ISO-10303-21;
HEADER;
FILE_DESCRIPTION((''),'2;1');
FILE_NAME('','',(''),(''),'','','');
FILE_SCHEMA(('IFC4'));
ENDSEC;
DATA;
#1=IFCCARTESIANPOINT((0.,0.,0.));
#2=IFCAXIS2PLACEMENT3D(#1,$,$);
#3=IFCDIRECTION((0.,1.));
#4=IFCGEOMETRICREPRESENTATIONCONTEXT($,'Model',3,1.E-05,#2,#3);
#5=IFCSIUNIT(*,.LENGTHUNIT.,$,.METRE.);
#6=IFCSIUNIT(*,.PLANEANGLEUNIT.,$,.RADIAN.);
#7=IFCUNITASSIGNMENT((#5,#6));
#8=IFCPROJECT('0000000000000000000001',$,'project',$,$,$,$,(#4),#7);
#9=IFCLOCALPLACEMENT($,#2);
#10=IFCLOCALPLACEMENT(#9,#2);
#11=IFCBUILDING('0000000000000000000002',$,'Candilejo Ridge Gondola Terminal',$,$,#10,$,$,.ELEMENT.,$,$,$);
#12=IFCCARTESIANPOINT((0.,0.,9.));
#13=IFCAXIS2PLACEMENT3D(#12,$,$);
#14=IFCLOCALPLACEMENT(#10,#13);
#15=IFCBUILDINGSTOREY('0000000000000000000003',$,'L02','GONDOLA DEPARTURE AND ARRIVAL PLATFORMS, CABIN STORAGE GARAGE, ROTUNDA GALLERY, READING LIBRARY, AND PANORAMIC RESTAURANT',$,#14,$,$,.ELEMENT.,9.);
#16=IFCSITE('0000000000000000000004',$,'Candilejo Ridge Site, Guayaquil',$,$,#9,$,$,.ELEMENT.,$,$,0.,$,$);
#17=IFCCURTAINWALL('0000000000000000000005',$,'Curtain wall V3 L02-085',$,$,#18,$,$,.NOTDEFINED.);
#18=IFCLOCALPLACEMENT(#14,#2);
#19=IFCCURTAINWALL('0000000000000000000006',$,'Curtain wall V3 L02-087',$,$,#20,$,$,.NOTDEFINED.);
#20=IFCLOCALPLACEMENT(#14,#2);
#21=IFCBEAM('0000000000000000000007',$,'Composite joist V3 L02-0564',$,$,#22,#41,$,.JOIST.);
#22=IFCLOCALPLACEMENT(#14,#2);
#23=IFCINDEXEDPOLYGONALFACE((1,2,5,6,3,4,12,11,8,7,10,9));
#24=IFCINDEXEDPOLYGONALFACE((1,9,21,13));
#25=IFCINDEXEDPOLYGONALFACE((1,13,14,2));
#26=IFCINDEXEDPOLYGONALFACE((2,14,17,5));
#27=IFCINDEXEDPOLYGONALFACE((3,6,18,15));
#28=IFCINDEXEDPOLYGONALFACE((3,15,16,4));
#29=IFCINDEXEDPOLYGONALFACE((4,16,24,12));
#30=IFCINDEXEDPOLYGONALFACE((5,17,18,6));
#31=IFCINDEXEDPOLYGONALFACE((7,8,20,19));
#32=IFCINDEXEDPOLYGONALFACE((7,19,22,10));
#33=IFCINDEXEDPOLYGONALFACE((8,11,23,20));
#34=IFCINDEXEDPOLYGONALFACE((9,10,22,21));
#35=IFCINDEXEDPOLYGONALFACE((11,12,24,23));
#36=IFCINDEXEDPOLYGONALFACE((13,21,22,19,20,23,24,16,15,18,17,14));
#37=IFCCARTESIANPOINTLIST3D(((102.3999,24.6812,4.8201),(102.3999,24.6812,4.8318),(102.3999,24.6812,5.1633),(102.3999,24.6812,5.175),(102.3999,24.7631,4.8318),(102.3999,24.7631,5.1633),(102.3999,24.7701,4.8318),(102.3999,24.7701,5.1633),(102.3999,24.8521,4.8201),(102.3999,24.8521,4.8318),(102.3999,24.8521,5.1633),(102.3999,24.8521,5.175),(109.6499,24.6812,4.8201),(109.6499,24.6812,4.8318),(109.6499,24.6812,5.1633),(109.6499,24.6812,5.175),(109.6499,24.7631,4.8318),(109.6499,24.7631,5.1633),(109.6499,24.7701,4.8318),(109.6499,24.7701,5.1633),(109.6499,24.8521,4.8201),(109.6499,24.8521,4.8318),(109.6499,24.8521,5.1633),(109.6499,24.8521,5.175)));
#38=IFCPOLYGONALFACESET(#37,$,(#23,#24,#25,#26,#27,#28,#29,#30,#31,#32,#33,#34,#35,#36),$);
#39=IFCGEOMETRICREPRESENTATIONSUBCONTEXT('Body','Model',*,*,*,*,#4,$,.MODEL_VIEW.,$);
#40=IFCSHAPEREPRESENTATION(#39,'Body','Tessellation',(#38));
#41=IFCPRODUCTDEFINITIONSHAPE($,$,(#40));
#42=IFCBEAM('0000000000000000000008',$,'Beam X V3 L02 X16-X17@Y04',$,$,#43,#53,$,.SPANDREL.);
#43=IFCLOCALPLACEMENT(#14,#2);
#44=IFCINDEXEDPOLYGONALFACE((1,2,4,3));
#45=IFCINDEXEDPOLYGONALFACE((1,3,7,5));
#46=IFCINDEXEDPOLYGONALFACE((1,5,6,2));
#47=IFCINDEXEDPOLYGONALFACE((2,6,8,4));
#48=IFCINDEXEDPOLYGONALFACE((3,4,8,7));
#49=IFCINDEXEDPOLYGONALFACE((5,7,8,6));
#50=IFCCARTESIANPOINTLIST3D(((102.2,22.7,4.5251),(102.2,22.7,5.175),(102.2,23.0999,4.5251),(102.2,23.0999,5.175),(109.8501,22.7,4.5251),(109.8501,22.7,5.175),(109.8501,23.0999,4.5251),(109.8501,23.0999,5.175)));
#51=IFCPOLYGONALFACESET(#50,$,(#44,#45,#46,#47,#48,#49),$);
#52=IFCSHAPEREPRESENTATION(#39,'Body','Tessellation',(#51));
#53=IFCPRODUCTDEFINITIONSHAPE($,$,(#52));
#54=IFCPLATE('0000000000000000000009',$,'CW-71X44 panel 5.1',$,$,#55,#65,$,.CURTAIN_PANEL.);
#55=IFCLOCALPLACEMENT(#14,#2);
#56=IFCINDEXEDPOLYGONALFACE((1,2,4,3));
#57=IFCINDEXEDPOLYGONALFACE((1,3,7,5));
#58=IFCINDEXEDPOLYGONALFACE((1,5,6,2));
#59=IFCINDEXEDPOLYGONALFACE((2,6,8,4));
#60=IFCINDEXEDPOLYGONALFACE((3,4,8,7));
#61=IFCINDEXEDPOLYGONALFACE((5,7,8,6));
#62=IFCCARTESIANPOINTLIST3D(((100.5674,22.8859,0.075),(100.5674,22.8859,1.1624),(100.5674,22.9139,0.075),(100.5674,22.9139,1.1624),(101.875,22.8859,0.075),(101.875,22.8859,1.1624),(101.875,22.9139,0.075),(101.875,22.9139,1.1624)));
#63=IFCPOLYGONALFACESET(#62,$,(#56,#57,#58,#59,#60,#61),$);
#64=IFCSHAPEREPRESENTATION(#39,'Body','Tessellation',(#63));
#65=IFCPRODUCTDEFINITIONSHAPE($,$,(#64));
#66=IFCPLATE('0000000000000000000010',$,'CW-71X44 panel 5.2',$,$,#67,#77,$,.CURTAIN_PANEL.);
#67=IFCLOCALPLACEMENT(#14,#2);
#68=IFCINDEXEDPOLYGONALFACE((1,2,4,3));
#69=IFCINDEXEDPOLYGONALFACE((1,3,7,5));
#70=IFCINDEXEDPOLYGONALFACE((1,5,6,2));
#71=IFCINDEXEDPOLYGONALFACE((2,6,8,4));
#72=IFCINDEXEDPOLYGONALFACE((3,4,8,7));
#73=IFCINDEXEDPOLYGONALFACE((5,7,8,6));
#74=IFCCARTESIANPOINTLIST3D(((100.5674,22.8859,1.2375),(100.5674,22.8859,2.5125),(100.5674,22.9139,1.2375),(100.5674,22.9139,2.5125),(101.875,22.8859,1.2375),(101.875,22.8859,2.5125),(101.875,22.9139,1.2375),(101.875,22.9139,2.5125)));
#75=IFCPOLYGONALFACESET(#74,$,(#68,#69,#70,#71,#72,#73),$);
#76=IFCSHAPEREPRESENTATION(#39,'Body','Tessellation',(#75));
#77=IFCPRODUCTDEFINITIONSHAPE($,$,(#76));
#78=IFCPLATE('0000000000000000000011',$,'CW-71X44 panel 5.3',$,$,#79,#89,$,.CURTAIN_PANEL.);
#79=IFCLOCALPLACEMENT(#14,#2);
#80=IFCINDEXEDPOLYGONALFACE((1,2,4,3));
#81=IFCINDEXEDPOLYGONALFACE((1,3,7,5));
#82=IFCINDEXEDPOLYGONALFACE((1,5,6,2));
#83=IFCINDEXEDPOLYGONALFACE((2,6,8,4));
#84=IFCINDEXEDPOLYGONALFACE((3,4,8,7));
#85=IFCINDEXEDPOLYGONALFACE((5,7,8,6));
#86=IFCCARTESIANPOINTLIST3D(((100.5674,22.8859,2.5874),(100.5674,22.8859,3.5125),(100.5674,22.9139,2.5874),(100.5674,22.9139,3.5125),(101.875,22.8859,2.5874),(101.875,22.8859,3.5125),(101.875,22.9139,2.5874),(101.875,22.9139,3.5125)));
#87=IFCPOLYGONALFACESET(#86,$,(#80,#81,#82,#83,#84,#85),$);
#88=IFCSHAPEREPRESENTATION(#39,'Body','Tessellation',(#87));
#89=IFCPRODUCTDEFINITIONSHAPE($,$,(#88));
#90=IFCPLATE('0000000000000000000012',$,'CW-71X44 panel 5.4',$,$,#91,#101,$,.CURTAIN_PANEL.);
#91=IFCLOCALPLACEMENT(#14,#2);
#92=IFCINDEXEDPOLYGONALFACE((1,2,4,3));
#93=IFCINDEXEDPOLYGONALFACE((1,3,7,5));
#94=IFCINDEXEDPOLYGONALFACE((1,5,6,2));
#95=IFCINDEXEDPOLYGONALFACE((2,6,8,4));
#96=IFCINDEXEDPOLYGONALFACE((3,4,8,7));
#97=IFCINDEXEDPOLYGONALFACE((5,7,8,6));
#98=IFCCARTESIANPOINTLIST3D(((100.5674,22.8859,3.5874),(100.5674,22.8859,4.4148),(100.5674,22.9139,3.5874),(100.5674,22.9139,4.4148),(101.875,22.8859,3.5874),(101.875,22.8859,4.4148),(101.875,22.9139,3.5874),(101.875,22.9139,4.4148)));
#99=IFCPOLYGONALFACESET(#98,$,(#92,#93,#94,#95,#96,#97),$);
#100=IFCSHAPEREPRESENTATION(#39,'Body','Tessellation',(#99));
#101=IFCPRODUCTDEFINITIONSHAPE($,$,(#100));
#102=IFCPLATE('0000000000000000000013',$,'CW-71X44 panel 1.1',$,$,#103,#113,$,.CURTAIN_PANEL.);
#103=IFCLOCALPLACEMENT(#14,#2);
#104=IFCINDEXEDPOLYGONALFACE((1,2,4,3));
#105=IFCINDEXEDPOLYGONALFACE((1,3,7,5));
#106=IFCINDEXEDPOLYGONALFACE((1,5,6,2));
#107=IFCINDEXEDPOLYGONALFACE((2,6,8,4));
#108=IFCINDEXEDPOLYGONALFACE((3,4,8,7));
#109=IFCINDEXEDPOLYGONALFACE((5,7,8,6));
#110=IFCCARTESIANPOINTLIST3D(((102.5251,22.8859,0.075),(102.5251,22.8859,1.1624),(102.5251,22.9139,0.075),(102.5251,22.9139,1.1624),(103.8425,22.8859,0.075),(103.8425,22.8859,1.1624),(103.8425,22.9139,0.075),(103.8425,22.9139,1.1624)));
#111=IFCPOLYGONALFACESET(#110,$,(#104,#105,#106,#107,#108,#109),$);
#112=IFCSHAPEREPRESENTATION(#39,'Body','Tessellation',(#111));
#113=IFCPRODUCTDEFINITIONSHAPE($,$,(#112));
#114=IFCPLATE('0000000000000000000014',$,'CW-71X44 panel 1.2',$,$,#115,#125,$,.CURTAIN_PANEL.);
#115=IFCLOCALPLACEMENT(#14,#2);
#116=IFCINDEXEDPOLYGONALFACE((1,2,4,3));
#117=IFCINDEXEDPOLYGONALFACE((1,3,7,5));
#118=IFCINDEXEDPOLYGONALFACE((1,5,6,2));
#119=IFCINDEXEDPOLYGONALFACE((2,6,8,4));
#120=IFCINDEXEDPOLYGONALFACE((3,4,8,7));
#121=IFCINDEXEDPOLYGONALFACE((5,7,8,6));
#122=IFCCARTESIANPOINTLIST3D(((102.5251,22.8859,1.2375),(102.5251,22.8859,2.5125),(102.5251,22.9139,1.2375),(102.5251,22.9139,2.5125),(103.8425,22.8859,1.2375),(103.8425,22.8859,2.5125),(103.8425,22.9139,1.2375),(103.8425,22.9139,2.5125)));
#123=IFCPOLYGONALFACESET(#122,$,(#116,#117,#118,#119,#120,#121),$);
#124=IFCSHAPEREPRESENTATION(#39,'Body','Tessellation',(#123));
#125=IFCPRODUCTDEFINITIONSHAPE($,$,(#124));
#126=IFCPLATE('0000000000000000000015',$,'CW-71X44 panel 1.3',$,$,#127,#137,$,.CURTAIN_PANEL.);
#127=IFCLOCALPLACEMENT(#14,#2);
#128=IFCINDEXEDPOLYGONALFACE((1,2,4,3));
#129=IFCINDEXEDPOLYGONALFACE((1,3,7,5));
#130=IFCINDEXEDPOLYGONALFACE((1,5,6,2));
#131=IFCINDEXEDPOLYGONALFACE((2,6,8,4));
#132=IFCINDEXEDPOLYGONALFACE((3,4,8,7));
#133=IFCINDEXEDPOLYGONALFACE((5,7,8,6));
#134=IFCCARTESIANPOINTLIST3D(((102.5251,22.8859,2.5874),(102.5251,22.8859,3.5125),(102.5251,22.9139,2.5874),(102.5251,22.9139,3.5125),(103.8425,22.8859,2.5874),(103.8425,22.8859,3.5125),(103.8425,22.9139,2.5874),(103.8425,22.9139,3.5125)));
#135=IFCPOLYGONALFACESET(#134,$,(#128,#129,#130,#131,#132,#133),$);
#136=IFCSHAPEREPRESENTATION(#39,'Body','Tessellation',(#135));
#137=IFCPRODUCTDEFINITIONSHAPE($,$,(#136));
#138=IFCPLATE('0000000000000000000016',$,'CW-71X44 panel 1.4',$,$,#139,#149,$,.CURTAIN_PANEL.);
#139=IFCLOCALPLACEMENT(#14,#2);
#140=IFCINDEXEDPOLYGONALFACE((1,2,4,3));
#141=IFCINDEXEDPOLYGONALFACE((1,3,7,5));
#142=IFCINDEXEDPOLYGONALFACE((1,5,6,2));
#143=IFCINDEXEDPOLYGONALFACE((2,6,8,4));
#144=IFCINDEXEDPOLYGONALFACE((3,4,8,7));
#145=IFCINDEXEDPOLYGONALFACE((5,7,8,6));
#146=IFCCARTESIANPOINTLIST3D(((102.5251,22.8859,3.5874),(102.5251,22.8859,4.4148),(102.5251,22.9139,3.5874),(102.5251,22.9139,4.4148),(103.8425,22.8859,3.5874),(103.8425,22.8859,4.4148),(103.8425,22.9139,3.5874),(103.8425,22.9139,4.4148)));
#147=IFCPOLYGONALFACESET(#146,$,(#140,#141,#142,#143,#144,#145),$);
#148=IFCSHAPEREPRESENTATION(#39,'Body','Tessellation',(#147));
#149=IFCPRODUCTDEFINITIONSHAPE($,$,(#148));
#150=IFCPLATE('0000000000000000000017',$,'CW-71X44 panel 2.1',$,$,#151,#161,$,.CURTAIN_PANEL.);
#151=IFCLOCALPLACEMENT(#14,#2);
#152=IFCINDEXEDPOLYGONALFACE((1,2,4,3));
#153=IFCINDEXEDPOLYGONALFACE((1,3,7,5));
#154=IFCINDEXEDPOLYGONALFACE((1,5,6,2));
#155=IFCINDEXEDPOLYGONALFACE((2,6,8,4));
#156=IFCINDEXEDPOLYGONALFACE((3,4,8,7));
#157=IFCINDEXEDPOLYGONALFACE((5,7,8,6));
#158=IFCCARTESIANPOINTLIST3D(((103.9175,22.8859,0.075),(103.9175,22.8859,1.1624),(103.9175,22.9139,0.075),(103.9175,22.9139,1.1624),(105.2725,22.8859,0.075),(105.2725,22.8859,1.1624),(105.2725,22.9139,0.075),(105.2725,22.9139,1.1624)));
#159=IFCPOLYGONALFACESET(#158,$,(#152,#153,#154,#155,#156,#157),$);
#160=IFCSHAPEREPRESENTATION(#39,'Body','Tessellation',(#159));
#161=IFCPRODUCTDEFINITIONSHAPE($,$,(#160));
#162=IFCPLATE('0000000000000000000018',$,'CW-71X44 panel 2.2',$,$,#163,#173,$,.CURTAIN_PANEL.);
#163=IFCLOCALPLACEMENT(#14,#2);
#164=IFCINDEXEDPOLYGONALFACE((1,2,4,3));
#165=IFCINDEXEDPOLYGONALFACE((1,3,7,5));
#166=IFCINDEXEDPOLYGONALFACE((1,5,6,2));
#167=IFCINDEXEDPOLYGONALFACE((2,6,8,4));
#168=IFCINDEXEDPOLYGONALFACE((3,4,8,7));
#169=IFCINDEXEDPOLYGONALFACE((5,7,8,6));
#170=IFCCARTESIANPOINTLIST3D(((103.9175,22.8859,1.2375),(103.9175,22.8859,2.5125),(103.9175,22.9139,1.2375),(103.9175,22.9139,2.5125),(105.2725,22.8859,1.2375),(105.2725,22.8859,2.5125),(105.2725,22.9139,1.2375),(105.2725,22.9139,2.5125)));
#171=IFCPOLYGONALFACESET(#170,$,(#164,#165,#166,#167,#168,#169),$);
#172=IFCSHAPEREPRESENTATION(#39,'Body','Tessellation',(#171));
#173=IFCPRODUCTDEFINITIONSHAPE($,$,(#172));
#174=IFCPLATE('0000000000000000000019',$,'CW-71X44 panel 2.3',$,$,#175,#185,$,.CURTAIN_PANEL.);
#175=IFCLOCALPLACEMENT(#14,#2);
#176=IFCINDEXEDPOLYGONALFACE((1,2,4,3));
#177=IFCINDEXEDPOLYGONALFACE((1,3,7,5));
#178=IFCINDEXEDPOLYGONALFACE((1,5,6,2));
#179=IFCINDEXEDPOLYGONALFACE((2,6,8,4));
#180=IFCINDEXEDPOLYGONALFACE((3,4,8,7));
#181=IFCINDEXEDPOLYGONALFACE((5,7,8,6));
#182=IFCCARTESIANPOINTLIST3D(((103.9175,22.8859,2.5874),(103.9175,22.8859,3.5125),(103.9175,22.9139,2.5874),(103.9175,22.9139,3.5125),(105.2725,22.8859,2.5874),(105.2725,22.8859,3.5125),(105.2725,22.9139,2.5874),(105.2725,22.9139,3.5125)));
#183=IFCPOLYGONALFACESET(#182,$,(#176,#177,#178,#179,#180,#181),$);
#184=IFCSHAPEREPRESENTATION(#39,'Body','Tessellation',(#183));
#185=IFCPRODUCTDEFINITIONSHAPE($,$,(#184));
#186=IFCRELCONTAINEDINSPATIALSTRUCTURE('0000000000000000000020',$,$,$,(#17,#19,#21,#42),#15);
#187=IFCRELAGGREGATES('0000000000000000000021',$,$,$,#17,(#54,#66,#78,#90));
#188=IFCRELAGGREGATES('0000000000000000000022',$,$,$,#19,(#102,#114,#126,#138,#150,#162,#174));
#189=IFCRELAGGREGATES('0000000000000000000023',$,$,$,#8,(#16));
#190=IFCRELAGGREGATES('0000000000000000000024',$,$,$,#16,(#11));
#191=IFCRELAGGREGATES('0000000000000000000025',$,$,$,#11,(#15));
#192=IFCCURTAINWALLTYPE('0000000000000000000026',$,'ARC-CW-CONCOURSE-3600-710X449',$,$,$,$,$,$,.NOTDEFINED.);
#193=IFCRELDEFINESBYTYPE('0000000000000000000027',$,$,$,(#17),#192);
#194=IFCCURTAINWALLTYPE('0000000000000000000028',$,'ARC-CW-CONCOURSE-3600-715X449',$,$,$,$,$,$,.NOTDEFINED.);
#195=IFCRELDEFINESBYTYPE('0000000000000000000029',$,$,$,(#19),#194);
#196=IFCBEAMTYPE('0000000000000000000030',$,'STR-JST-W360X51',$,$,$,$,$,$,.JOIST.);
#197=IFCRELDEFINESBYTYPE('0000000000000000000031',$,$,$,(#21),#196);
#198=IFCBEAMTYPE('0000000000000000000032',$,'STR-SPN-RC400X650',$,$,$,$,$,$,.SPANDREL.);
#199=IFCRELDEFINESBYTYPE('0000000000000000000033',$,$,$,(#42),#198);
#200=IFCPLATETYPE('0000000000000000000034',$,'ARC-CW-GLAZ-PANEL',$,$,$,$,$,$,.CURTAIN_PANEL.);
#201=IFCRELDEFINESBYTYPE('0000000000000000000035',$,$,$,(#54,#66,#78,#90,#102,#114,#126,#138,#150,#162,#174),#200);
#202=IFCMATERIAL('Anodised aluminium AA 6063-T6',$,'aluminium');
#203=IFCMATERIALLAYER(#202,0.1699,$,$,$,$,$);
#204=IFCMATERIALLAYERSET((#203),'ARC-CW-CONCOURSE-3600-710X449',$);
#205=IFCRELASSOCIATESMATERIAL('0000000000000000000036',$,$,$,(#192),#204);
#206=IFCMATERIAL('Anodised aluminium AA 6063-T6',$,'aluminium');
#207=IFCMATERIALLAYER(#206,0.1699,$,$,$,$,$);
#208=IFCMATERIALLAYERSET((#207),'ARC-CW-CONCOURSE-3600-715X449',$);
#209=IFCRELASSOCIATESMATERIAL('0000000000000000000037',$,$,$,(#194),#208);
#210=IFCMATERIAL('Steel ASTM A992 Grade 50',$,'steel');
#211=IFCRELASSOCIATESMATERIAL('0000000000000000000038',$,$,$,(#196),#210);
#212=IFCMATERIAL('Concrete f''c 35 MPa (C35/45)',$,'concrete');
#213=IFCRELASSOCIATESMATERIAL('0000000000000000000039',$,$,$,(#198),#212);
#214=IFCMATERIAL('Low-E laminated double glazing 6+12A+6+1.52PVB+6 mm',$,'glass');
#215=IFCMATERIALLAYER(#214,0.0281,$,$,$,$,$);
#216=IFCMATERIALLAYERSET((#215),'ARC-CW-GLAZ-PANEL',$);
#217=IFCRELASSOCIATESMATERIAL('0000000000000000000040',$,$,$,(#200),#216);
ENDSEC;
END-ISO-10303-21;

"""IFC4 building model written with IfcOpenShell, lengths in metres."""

from ifc_helpers import new_model, si_unit, direction, frame, origin, origin_2d, place, context, subcontext, project, spatial, rectangle, i_section, extrude, material, layer, layer_set, material_profile, profile_set, type_object, element, aggregate, save


model = new_model("IFC4")

# Units and contexts
model_context = context("Model", 3, precision=1e-05, world=origin(), true_north=direction((0.0, 1.0)))
body_context = subcontext(model_context, "Body", "Model", "MODEL_VIEW")
ifc_project = project(units=[si_unit("LENGTHUNIT", "METRE"), si_unit("PLANEANGLEUNIT", "RADIAN")], contexts=[model_context])

# Site, building, storey
site_placement = place(None, origin())
site = spatial("IfcSite", under=ifc_project, at=site_placement, Name="Candilejo Ridge Site, Guayaquil", CompositionType="ELEMENT", RefElevation=0.0)
building_placement = place(site_placement, origin())
building = spatial("IfcBuilding", under=site, at=building_placement, Name="Candilejo Ridge Gondola Terminal", CompositionType="ELEMENT")
storey_placement = place(building_placement, frame((0.0, 0.0, 9.0)))
storey = spatial("IfcBuildingStorey", under=building, at=storey_placement, Name="L02", Description="GONDOLA DEPARTURE AND ARRIVAL PLATFORMS, CABIN STORAGE GARAGE, ROTUNDA GALLERY, READING LIBRARY, AND PANORAMIC RESTAURANT", CompositionType="ELEMENT", Elevation=9.0)

# Curtain wall
ifc_material_1 = material(Name="Anodised aluminium AA 6063-T6", Category="aluminium")
ifc_layer_1 = layer(ifc_material_1, 0.1699)
ifc_layer_set_1 = layer_set([ifc_layer_1], Name="ARC-CW-CONCOURSE-3600-710X449")
curtain_wall_type_1 = type_object("IfcCurtainWallType", Name="ARC-CW-CONCOURSE-3600-710X449", PredefinedType="NOTDEFINED", material=ifc_layer_set_1)
curtain_wall_1_placement = place(storey_placement, origin())
curtain_wall_1 = element("IfcCurtainWall", 1, at=curtain_wall_1_placement, inside=storey, type_object=curtain_wall_type_1, Name="Curtain wall V3 L02-085", PredefinedType="NOTDEFINED")

# Curtain wall
ifc_material_2 = material(Name="Anodised aluminium AA 6063-T6", Category="aluminium")
ifc_layer_2 = layer(ifc_material_2, 0.1699)
ifc_layer_set_2 = layer_set([ifc_layer_2], Name="ARC-CW-CONCOURSE-3600-715X449")
curtain_wall_type_2 = type_object("IfcCurtainWallType", Name="ARC-CW-CONCOURSE-3600-715X449", PredefinedType="NOTDEFINED", material=ifc_layer_set_2)
curtain_wall_2_placement = place(storey_placement, origin())
curtain_wall_2 = element("IfcCurtainWall", 2, at=curtain_wall_2_placement, inside=storey, type_object=curtain_wall_type_2, Name="Curtain wall V3 L02-087", PredefinedType="NOTDEFINED")

# Beams
ifc_material_3 = material(Name="Steel ASTM A992 Grade 50", Category="steel")
ifc_material_profile_1 = material_profile(ifc_material_3, i_section(OverallWidth=0.1709, OverallDepth=0.355, WebThickness=0.0071, FlangeThickness=0.0117, at=origin_2d()))
ifc_profile_set_1 = profile_set([ifc_material_profile_1], Name="Steel ASTM A992 Grade 50")
beam_type_1 = type_object("IfcBeamType", Name="STR-JST-W360X51", PredefinedType="JOIST", material=ifc_profile_set_1)
for number, where, z_axis, x_axis, name in (
    (3, (102.3999, 24.7666, 4.9976), (1.0, 0.0, 0.0), (0.0, 1.0, 0.0), "Composite joist V3 L02-0564"),
):
    element("IfcBeam", number, at=place(storey_placement, frame(where, z_axis=z_axis, x_axis=x_axis)), inside=storey, type_object=beam_type_1, Name=name, PredefinedType="JOIST", context=body_context, shape_type="SweptSolid", body=[
        extrude(i_section(OverallWidth=0.1709, OverallDepth=0.355, WebThickness=0.0071, FlangeThickness=0.0117, at=origin_2d()), origin(), (0.0, 0.0, 1.0), 7.25),
    ])
ifc_material_4 = material(Name="Concrete f'c 35 MPa (C35/45)", Category="concrete")
ifc_material_profile_2 = material_profile(ifc_material_4, rectangle(XDim=0.3999, YDim=0.6499, at=origin_2d()))
ifc_profile_set_2 = profile_set([ifc_material_profile_2], Name="Concrete f'c 35 MPa (C35/45)")
beam_type_2 = type_object("IfcBeamType", Name="STR-SPN-RC400X650", PredefinedType="SPANDREL", material=ifc_profile_set_2)
beam_1_placement = place(storey_placement, frame((102.2, 22.8999, 4.8501), z_axis=(1.0, 0.0, 0.0), x_axis=(0.0, 1.0, 0.0)))
element("IfcBeam", 4, at=beam_1_placement, inside=storey, type_object=beam_type_2, Name="Beam X V3 L02 X16-X17@Y04", PredefinedType="SPANDREL", context=body_context, shape_type="SweptSolid", body=[
    extrude(rectangle(XDim=0.3999, YDim=0.6499, at=origin_2d()), origin(), (0.0, 0.0, 1.0), 7.6501),
])

# Plates
ifc_material_5 = material(Name="Low-E laminated double glazing 6+12A+6+1.52PVB+6 mm", Category="glass")
ifc_layer_3 = layer(ifc_material_5, 0.0281)
ifc_layer_set_3 = layer_set([ifc_layer_3], Name="ARC-CW-GLAZ-PANEL")
plate_type = type_object("IfcPlateType", Name="ARC-CW-GLAZ-PANEL", PredefinedType="CURTAIN_PANEL", material=ifc_layer_set_3)
plate_1_placement = place(storey_placement, frame((101.2212, 22.8999, 0.075), z_axis=(0.0, 0.0, 1.0), x_axis=(1.0, 0.0, 0.0)))
plate_1 = element("IfcPlate", 5, at=plate_1_placement, type_object=plate_type, Name="CW-71X44 panel 5.1", PredefinedType="CURTAIN_PANEL", context=body_context, shape_type="SweptSolid", body=[
    extrude(rectangle(XDim=1.3076, YDim=0.0281, at=origin_2d()), origin(), (0.0, 0.0, 1.0), 1.0874),
])
plate_2_placement = place(storey_placement, frame((101.2212, 22.8999, 1.2375), z_axis=(0.0, 0.0, 1.0), x_axis=(1.0, 0.0, 0.0)))
plate_2 = element("IfcPlate", 6, at=plate_2_placement, type_object=plate_type, Name="CW-71X44 panel 5.2", PredefinedType="CURTAIN_PANEL", context=body_context, shape_type="SweptSolid", body=[
    extrude(rectangle(XDim=1.3076, YDim=0.0281, at=origin_2d()), origin(), (0.0, 0.0, 1.0), 1.2749),
])
plate_3_placement = place(storey_placement, frame((101.2212, 22.8999, 2.5874), z_axis=(0.0, 0.0, 1.0), x_axis=(1.0, 0.0, 0.0)))
plate_3 = element("IfcPlate", 7, at=plate_3_placement, type_object=plate_type, Name="CW-71X44 panel 5.3", PredefinedType="CURTAIN_PANEL", context=body_context, shape_type="SweptSolid", body=[
    extrude(rectangle(XDim=1.3076, YDim=0.0281, at=origin_2d()), origin(), (0.0, 0.0, 1.0), 0.925),
])
plate_4_placement = place(storey_placement, frame((101.2212, 22.8999, 3.5874), z_axis=(0.0, 0.0, 1.0), x_axis=(1.0, 0.0, 0.0)))
plate_4 = element("IfcPlate", 8, at=plate_4_placement, type_object=plate_type, Name="CW-71X44 panel 5.4", PredefinedType="CURTAIN_PANEL", context=body_context, shape_type="SweptSolid", body=[
    extrude(rectangle(XDim=1.3076, YDim=0.0281, at=origin_2d()), origin(), (0.0, 0.0, 1.0), 0.8274),
])
aggregate(curtain_wall_1, [plate_1, plate_2, plate_3, plate_4])
plate_5_placement = place(storey_placement, frame((103.1838, 22.8999, 0.075), z_axis=(0.0, 0.0, 1.0), x_axis=(1.0, 0.0, 0.0)))
plate_5 = element("IfcPlate", 9, at=plate_5_placement, type_object=plate_type, Name="CW-71X44 panel 1.1", PredefinedType="CURTAIN_PANEL", context=body_context, shape_type="SweptSolid", body=[
    extrude(rectangle(XDim=1.3174, YDim=0.0281, at=origin_2d()), origin(), (0.0, 0.0, 1.0), 1.0874),
])
plate_6_placement = place(storey_placement, frame((103.1838, 22.8999, 1.2375), z_axis=(0.0, 0.0, 1.0), x_axis=(1.0, 0.0, 0.0)))
plate_6 = element("IfcPlate", 10, at=plate_6_placement, type_object=plate_type, Name="CW-71X44 panel 1.2", PredefinedType="CURTAIN_PANEL", context=body_context, shape_type="SweptSolid", body=[
    extrude(rectangle(XDim=1.3174, YDim=0.0281, at=origin_2d()), origin(), (0.0, 0.0, 1.0), 1.2749),
])
plate_7_placement = place(storey_placement, frame((103.1838, 22.8999, 2.5874), z_axis=(0.0, 0.0, 1.0), x_axis=(1.0, 0.0, 0.0)))
plate_7 = element("IfcPlate", 11, at=plate_7_placement, type_object=plate_type, Name="CW-71X44 panel 1.3", PredefinedType="CURTAIN_PANEL", context=body_context, shape_type="SweptSolid", body=[
    extrude(rectangle(XDim=1.3174, YDim=0.0281, at=origin_2d()), origin(), (0.0, 0.0, 1.0), 0.925),
])
plate_8_placement = place(storey_placement, frame((103.1838, 22.8999, 3.5874), z_axis=(0.0, 0.0, 1.0), x_axis=(1.0, 0.0, 0.0)))
plate_8 = element("IfcPlate", 12, at=plate_8_placement, type_object=plate_type, Name="CW-71X44 panel 1.4", PredefinedType="CURTAIN_PANEL", context=body_context, shape_type="SweptSolid", body=[
    extrude(rectangle(XDim=1.3174, YDim=0.0281, at=origin_2d()), origin(), (0.0, 0.0, 1.0), 0.8274),
])
plate_9_placement = place(storey_placement, frame((104.595, 22.8999, 0.075), z_axis=(0.0, 0.0, 1.0), x_axis=(1.0, 0.0, 0.0)))
plate_9 = element("IfcPlate", 13, at=plate_9_placement, type_object=plate_type, Name="CW-71X44 panel 2.1", PredefinedType="CURTAIN_PANEL", context=body_context, shape_type="SweptSolid", body=[
    extrude(rectangle(XDim=1.355, YDim=0.0281, at=origin_2d()), origin(), (0.0, 0.0, 1.0), 1.0874),
])
plate_10_placement = place(storey_placement, frame((104.595, 22.8999, 1.2375), z_axis=(0.0, 0.0, 1.0), x_axis=(1.0, 0.0, 0.0)))
plate_10 = element("IfcPlate", 14, at=plate_10_placement, type_object=plate_type, Name="CW-71X44 panel 2.2", PredefinedType="CURTAIN_PANEL", context=body_context, shape_type="SweptSolid", body=[
    extrude(rectangle(XDim=1.355, YDim=0.0281, at=origin_2d()), origin(), (0.0, 0.0, 1.0), 1.2749),
])
plate_11_placement = place(storey_placement, frame((104.595, 22.8999, 2.5874), z_axis=(0.0, 0.0, 1.0), x_axis=(1.0, 0.0, 0.0)))
plate_11 = element("IfcPlate", 15, at=plate_11_placement, type_object=plate_type, Name="CW-71X44 panel 2.3", PredefinedType="CURTAIN_PANEL", context=body_context, shape_type="SweptSolid", body=[
    extrude(rectangle(XDim=1.355, YDim=0.0281, at=origin_2d()), origin(), (0.0, 0.0, 1.0), 0.925),
])
aggregate(curtain_wall_2, [plate_5, plate_6, plate_7, plate_8, plate_9, plate_10, plate_11])

save(model, "model.ifc")
